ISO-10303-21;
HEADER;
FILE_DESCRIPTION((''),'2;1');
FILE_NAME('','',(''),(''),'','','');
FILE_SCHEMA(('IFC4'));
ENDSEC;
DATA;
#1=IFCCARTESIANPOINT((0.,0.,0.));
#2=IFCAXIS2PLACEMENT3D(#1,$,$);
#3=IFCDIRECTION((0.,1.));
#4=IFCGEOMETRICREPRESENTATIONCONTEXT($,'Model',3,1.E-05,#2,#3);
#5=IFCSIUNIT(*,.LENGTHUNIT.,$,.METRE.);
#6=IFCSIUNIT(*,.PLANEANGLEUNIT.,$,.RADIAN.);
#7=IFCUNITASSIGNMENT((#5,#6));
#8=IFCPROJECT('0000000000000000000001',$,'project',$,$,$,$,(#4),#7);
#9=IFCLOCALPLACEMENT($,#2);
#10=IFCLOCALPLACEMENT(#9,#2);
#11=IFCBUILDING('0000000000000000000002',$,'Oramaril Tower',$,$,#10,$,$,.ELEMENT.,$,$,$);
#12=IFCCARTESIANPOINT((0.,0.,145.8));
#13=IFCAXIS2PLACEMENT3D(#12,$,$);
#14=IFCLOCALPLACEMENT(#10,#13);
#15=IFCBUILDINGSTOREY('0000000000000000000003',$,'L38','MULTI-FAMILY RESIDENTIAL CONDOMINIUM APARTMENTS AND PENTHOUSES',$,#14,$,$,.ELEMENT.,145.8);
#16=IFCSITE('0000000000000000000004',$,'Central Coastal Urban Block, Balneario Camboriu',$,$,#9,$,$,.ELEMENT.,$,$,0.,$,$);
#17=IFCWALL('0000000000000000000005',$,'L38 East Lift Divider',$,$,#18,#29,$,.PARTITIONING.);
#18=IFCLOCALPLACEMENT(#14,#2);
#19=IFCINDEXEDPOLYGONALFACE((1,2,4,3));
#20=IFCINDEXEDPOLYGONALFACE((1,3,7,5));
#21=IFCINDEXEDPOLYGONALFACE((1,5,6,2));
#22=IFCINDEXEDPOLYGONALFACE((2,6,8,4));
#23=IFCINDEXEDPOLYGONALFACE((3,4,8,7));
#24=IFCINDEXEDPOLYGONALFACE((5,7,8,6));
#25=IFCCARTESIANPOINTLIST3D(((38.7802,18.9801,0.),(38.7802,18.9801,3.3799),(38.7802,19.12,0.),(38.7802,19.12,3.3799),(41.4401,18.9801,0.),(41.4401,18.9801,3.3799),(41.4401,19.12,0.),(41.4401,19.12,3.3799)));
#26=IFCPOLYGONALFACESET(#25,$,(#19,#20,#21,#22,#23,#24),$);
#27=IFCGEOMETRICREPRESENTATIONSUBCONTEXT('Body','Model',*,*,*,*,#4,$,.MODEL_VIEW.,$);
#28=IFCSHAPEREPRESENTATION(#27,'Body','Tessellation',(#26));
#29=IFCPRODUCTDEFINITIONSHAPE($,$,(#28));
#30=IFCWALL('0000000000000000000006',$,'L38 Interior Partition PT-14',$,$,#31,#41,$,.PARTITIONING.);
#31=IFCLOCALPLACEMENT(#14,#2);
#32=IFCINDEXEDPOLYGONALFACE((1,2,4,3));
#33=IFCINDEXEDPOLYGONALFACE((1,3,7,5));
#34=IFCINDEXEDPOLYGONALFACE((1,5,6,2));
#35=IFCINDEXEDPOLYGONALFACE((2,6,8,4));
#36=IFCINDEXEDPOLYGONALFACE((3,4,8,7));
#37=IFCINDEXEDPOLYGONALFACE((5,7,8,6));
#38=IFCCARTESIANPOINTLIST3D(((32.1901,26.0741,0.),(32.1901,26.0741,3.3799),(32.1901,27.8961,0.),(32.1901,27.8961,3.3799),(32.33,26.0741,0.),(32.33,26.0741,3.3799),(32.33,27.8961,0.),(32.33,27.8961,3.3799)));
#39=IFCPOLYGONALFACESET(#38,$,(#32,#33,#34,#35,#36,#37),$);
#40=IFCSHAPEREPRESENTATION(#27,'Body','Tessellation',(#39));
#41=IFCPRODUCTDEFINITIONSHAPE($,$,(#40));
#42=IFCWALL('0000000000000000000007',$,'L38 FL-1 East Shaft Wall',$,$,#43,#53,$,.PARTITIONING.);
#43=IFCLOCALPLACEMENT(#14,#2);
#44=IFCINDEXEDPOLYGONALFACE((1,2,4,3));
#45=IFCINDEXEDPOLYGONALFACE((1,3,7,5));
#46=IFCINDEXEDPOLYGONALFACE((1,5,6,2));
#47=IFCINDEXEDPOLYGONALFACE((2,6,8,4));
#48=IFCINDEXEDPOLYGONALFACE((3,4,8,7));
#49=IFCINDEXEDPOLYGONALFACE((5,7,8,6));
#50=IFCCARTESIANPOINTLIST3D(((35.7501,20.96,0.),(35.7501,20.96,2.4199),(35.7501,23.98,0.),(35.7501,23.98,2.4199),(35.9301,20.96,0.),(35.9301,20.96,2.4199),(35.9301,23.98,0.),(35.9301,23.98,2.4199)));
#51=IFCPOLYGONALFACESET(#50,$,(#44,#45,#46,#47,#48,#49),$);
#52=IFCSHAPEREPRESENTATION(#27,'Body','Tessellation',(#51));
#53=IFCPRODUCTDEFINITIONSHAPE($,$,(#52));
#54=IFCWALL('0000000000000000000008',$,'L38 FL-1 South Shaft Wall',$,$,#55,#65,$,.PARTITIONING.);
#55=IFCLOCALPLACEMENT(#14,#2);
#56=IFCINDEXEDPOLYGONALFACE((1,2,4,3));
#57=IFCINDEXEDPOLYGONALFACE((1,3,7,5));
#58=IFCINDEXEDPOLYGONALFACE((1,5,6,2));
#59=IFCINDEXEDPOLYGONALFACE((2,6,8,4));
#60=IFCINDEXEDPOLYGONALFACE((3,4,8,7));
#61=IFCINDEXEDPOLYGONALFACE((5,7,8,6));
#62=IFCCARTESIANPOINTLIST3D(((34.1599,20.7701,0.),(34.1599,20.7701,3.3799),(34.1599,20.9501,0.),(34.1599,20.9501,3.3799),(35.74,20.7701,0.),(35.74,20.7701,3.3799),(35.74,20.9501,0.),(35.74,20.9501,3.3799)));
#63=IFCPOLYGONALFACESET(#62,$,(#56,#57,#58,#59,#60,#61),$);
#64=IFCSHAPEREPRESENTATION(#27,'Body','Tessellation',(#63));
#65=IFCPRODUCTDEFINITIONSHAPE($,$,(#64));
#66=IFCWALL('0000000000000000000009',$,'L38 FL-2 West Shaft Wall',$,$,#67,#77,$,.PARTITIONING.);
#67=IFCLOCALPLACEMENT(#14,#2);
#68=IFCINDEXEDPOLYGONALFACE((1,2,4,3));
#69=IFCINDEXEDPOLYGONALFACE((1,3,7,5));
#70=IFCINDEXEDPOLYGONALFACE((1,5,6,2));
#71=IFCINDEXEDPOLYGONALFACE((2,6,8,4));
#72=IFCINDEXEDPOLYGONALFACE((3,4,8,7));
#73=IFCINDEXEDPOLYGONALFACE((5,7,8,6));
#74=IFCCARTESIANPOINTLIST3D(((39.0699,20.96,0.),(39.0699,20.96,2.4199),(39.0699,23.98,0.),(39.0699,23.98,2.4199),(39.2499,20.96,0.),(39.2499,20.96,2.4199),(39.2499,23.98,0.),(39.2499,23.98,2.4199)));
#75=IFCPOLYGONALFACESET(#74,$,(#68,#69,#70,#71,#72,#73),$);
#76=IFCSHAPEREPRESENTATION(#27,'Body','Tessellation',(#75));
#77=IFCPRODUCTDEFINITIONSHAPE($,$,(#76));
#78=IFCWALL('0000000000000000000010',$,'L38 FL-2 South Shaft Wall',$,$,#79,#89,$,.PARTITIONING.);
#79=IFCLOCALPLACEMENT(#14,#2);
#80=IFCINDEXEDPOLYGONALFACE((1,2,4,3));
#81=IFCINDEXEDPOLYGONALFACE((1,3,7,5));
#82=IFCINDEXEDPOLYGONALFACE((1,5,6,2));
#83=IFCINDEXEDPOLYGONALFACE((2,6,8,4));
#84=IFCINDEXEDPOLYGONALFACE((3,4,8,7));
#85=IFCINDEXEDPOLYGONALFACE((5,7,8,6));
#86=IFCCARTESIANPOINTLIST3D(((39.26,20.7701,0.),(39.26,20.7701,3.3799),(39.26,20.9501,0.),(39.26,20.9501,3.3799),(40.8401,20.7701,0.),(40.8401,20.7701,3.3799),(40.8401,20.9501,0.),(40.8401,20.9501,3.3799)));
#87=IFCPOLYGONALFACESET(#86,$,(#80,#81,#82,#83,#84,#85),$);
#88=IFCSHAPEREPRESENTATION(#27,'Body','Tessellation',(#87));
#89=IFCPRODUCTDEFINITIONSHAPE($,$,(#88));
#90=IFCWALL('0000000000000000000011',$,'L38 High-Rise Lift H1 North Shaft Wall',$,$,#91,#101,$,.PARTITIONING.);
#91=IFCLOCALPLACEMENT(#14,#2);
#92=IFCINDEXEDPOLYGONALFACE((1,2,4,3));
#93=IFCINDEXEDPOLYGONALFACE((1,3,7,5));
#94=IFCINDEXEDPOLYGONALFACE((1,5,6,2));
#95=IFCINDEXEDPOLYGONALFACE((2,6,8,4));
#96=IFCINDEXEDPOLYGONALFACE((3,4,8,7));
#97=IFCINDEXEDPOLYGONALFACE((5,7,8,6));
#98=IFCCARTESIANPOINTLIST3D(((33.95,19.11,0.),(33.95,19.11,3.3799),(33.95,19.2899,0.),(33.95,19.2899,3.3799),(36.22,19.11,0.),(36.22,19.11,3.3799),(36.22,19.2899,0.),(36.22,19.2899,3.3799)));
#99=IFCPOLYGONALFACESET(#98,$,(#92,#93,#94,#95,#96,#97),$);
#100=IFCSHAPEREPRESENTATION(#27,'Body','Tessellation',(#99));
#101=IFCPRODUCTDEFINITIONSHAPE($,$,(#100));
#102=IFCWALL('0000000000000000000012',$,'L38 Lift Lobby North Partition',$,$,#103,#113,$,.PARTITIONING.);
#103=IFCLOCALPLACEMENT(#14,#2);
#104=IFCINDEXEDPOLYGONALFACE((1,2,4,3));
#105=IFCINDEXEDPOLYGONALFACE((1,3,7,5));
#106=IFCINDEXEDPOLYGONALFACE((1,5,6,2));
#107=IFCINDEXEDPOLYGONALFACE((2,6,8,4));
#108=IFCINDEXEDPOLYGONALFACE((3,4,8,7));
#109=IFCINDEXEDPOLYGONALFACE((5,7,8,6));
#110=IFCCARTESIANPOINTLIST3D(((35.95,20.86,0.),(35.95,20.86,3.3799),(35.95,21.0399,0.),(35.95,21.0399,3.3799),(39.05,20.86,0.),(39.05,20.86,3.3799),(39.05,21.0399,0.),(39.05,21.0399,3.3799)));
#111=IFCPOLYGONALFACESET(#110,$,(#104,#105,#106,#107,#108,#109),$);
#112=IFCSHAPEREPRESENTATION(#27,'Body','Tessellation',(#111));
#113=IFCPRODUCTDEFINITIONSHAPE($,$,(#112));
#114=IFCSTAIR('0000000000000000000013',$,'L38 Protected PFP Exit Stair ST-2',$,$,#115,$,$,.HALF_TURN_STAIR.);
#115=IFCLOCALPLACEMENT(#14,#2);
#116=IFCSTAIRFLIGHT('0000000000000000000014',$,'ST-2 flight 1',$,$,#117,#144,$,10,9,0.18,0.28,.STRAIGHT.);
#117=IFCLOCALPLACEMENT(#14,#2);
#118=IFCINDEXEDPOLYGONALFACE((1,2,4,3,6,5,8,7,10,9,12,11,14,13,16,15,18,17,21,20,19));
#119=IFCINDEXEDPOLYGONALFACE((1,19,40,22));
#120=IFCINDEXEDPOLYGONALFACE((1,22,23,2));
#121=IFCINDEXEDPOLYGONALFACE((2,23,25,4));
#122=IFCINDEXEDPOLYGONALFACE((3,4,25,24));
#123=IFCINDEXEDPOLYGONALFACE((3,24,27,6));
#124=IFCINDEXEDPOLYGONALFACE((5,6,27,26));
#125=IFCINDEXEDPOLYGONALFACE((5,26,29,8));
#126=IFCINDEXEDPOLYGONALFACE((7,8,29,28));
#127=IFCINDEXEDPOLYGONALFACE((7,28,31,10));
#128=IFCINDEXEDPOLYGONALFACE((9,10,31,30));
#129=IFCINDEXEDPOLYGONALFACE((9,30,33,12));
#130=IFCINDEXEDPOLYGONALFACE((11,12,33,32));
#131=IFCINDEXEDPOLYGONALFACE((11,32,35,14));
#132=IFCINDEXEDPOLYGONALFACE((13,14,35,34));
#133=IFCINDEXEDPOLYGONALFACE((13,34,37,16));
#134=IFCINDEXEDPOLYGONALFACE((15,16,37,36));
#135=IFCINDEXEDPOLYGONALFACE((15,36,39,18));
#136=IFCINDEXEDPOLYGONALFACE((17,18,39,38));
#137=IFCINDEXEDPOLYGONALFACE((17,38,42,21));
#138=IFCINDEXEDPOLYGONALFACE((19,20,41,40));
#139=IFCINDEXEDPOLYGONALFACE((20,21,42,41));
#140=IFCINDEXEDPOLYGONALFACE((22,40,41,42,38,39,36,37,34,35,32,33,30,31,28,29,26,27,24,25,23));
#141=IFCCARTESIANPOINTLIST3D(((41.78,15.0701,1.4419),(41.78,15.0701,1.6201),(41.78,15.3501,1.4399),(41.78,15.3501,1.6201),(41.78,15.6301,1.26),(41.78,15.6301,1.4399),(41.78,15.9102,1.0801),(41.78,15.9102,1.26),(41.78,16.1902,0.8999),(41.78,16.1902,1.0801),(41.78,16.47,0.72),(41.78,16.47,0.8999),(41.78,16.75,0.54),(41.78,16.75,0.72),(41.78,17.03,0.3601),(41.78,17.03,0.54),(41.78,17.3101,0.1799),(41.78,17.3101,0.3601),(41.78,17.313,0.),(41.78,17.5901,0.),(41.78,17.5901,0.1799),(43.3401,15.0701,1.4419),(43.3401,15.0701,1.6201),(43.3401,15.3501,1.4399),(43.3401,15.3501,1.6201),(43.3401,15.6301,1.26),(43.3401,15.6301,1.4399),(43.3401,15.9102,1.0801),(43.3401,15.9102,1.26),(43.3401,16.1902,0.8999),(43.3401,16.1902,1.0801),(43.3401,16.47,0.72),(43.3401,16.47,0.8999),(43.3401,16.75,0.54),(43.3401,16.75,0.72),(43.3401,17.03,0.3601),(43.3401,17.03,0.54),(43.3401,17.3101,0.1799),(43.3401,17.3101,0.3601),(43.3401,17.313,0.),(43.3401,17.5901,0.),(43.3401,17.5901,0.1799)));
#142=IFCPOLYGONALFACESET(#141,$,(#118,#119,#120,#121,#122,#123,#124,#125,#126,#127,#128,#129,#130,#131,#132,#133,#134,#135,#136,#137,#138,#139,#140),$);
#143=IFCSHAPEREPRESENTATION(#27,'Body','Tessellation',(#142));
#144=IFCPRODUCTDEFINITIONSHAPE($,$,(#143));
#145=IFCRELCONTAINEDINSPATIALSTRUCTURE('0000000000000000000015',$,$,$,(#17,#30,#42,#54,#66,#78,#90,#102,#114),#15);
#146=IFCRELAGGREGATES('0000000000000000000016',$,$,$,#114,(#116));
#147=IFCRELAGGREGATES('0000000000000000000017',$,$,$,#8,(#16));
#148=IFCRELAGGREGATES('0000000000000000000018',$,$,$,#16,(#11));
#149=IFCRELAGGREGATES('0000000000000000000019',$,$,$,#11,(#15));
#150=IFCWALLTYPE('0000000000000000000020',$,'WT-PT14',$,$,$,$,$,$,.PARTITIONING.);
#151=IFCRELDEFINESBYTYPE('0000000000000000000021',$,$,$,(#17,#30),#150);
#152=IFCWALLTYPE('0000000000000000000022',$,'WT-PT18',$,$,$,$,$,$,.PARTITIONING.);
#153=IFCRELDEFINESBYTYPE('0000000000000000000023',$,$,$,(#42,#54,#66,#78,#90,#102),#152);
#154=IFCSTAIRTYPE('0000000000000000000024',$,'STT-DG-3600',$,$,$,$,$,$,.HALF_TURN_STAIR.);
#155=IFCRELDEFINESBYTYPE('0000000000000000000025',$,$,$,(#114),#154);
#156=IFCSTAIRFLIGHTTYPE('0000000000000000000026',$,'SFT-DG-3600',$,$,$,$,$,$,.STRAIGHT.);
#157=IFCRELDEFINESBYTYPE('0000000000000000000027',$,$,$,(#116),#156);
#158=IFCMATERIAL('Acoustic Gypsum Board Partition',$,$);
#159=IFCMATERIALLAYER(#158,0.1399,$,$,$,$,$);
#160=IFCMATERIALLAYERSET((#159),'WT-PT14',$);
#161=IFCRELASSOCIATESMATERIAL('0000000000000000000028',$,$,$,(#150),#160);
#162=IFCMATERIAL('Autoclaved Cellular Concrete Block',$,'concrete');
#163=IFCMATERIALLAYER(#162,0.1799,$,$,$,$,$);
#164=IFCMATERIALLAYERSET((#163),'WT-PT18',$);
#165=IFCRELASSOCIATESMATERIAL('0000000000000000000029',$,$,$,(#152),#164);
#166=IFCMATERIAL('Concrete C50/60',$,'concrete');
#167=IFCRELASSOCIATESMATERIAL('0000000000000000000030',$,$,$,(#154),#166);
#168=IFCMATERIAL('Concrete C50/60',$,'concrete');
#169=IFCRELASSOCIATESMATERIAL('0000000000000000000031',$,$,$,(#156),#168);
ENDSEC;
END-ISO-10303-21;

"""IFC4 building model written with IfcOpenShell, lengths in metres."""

from ifc_helpers import new_model, si_unit, direction, frame, frame_2d, origin, place, context, subcontext, project, spatial, polyline, rectangle, outline, extrude, material, layer, layer_set, type_object, element, aggregate, save


model = new_model("IFC4")

# Units and contexts
model_context = context("Model", 3, precision=1e-05, world=origin(), true_north=direction((0.0, 1.0)))
body_context = subcontext(model_context, "Body", "Model", "MODEL_VIEW")
ifc_project = project(units=[si_unit("LENGTHUNIT", "METRE"), si_unit("PLANEANGLEUNIT", "RADIAN")], contexts=[model_context])

# Site, building, storey
site_placement = place(None, origin())
site = spatial("IfcSite", under=ifc_project, at=site_placement, Name="Central Coastal Urban Block, Balneario Camboriu", CompositionType="ELEMENT", RefElevation=0.0)
building_placement = place(site_placement, origin())
building = spatial("IfcBuilding", under=site, at=building_placement, Name="Oramaril Tower", CompositionType="ELEMENT")
storey_placement = place(building_placement, frame((0.0, 0.0, 145.8)))
storey = spatial("IfcBuildingStorey", under=building, at=storey_placement, Name="L38", Description="MULTI-FAMILY RESIDENTIAL CONDOMINIUM APARTMENTS AND PENTHOUSES", CompositionType="ELEMENT", Elevation=145.8)

# Walls
ifc_material_1 = material(Name="Acoustic Gypsum Board Partition")
ifc_layer_1 = layer(ifc_material_1, 0.1399)
ifc_layer_set_1 = layer_set([ifc_layer_1], Name="WT-PT14")
wall_type_1 = type_object("IfcWallType", Name="WT-PT14", PredefinedType="PARTITIONING", material=ifc_layer_set_1)
wall_1_placement = place(storey_placement, frame((38.78, 19.05, 0.0), z_axis=(0.0, 0.0, 1.0), x_axis=(1.0, 0.0, 0.0)))
element("IfcWall", 1, at=wall_1_placement, inside=storey, type_object=wall_type_1, Name="L38 East Lift Divider", PredefinedType="PARTITIONING", context=body_context, shape_type="SweptSolid", body=[
    extrude(rectangle(XDim=2.6599, YDim=0.1399, at=frame_2d((1.3301, 0.0))), origin(), (0.0, 0.0, 1.0), 3.3799),
])
wall_2_placement = place(storey_placement, frame((32.26, 26.074, 0.0), z_axis=(0.0, 0.0, 1.0), x_axis=(0.0, 1.0, 0.0)))
element("IfcWall", 2, at=wall_2_placement, inside=storey, type_object=wall_type_1, Name="L38 Interior Partition PT-14", PredefinedType="PARTITIONING", context=body_context, shape_type="SweptSolid", body=[
    extrude(rectangle(XDim=1.822, YDim=0.1399, at=frame_2d((0.9111, 0.0))), origin(), (0.0, 0.0, 1.0), 3.3799),
])
ifc_material_2 = material(Name="Autoclaved Cellular Concrete Block", Category="concrete")
ifc_layer_2 = layer(ifc_material_2, 0.1799)
ifc_layer_set_2 = layer_set([ifc_layer_2], Name="WT-PT18")
wall_type_2 = type_object("IfcWallType", Name="WT-PT18", PredefinedType="PARTITIONING", material=ifc_layer_set_2)
wall_3_placement = place(storey_placement, frame((35.8401, 20.96, 0.0), z_axis=(0.0, 0.0, 1.0), x_axis=(0.0, 1.0, 0.0)))
element("IfcWall", 3, at=wall_3_placement, inside=storey, type_object=wall_type_2, Name="L38 FL-1 East Shaft Wall", PredefinedType="PARTITIONING", context=body_context, shape_type="SweptSolid", body=[
    extrude(rectangle(XDim=3.02, YDim=0.1799, at=frame_2d((1.51, 0.0))), origin(), (0.0, 0.0, 1.0), 2.4199),
])
wall_4_placement = place(storey_placement, frame((34.1599, 20.8601, 0.0), z_axis=(0.0, 0.0, 1.0), x_axis=(1.0, 0.0, 0.0)))
element("IfcWall", 4, at=wall_4_placement, inside=storey, type_object=wall_type_2, Name="L38 FL-1 South Shaft Wall", PredefinedType="PARTITIONING", context=body_context, shape_type="SweptSolid", body=[
    extrude(rectangle(XDim=1.5801, YDim=0.1799, at=frame_2d((0.79, 0.0))), origin(), (0.0, 0.0, 1.0), 3.3799),
])
wall_5_placement = place(storey_placement, frame((39.1599, 20.96, 0.0), z_axis=(0.0, 0.0, 1.0), x_axis=(0.0, 1.0, 0.0)))
element("IfcWall", 5, at=wall_5_placement, inside=storey, type_object=wall_type_2, Name="L38 FL-2 West Shaft Wall", PredefinedType="PARTITIONING", context=body_context, shape_type="SweptSolid", body=[
    extrude(rectangle(XDim=3.02, YDim=0.1799, at=frame_2d((1.51, 0.0))), origin(), (0.0, 0.0, 1.0), 2.4199),
])
wall_6_placement = place(storey_placement, frame((39.26, 20.8601, 0.0), z_axis=(0.0, 0.0, 1.0), x_axis=(1.0, 0.0, 0.0)))
element("IfcWall", 6, at=wall_6_placement, inside=storey, type_object=wall_type_2, Name="L38 FL-2 South Shaft Wall", PredefinedType="PARTITIONING", context=body_context, shape_type="SweptSolid", body=[
    extrude(rectangle(XDim=1.5801, YDim=0.1799, at=frame_2d((0.79, 0.0))), origin(), (0.0, 0.0, 1.0), 3.3799),
])
wall_7_placement = place(storey_placement, frame((33.95, 19.2, 0.0), z_axis=(0.0, 0.0, 1.0), x_axis=(1.0, 0.0, 0.0)))
element("IfcWall", 7, at=wall_7_placement, inside=storey, type_object=wall_type_2, Name="L38 High-Rise Lift H1 North Shaft Wall", PredefinedType="PARTITIONING", context=body_context, shape_type="SweptSolid", body=[
    extrude(rectangle(XDim=2.27, YDim=0.1799, at=frame_2d((1.135, 0.0))), origin(), (0.0, 0.0, 1.0), 3.3799),
])
wall_8_placement = place(storey_placement, frame((35.95, 20.95, 0.0), z_axis=(0.0, 0.0, 1.0), x_axis=(1.0, 0.0, 0.0)))
element("IfcWall", 8, at=wall_8_placement, inside=storey, type_object=wall_type_2, Name="L38 Lift Lobby North Partition", PredefinedType="PARTITIONING", context=body_context, shape_type="SweptSolid", body=[
    extrude(rectangle(XDim=3.1001, YDim=0.1799, at=frame_2d((1.55, 0.0))), origin(), (0.0, 0.0, 1.0), 3.3799),
])

# Stair, stair flight
ifc_material_3 = material(Name="Concrete C50/60", Category="concrete")
stair_type = type_object("IfcStairType", Name="STT-DG-3600", PredefinedType="HALF_TURN_STAIR", material=ifc_material_3)
stair_placement = place(storey_placement, origin())
stair = element("IfcStair", 9, at=stair_placement, inside=storey, type_object=stair_type, Name="L38 Protected PFP Exit Stair ST-2", PredefinedType="HALF_TURN_STAIR")
ifc_material_4 = material(Name="Concrete C50/60", Category="concrete")
stair_flight_type = type_object("IfcStairFlightType", Name="SFT-DG-3600", PredefinedType="STRAIGHT", material=ifc_material_4)
stair_flight_placement = place(storey_placement, frame((42.5601, 17.5901, 0.0), z_axis=(0.0, 0.0, 1.0), x_axis=(0.0, -1.0, 0.0)))
stair_flight = element("IfcStairFlight", 10, at=stair_flight_placement, type_object=stair_flight_type, Name="ST-2 flight 1", NumberOfRisers=10, NumberOfTreads=9, PredefinedType="STRAIGHT", RiserHeight=0.18, TreadLength=0.28, context=body_context, shape_type="SweptSolid", body=[
    extrude(outline(polyline([(0.0, 0.0), (0.0, 0.1799), (0.28, 0.1799), (0.28, 0.3601), (0.5601, 0.3601), (0.5601, 0.54), (0.8401, 0.54), (0.8401, 0.72), (1.1201, 0.72), (1.1201, 0.8999), (1.3999, 0.8999), (1.3999, 1.0801), (1.6799, 1.0801), (1.6799, 1.26), (1.96, 1.26), (1.96, 1.4399), (2.24, 1.4399), (2.24, 1.6201), (2.52, 1.6201), (2.52, 1.8), (2.52, 1.4419), (0.2771, 0.0), (0.0, 0.0)])), frame((0.0, 0.78, 0.0), z_axis=(0.0, -1.0, 0.0), x_axis=(1.0, 0.0, 0.0)), (0.0, 0.0, 1.0), 1.5601),
])
aggregate(stair, [stair_flight])

save(model, "model.ifc")
